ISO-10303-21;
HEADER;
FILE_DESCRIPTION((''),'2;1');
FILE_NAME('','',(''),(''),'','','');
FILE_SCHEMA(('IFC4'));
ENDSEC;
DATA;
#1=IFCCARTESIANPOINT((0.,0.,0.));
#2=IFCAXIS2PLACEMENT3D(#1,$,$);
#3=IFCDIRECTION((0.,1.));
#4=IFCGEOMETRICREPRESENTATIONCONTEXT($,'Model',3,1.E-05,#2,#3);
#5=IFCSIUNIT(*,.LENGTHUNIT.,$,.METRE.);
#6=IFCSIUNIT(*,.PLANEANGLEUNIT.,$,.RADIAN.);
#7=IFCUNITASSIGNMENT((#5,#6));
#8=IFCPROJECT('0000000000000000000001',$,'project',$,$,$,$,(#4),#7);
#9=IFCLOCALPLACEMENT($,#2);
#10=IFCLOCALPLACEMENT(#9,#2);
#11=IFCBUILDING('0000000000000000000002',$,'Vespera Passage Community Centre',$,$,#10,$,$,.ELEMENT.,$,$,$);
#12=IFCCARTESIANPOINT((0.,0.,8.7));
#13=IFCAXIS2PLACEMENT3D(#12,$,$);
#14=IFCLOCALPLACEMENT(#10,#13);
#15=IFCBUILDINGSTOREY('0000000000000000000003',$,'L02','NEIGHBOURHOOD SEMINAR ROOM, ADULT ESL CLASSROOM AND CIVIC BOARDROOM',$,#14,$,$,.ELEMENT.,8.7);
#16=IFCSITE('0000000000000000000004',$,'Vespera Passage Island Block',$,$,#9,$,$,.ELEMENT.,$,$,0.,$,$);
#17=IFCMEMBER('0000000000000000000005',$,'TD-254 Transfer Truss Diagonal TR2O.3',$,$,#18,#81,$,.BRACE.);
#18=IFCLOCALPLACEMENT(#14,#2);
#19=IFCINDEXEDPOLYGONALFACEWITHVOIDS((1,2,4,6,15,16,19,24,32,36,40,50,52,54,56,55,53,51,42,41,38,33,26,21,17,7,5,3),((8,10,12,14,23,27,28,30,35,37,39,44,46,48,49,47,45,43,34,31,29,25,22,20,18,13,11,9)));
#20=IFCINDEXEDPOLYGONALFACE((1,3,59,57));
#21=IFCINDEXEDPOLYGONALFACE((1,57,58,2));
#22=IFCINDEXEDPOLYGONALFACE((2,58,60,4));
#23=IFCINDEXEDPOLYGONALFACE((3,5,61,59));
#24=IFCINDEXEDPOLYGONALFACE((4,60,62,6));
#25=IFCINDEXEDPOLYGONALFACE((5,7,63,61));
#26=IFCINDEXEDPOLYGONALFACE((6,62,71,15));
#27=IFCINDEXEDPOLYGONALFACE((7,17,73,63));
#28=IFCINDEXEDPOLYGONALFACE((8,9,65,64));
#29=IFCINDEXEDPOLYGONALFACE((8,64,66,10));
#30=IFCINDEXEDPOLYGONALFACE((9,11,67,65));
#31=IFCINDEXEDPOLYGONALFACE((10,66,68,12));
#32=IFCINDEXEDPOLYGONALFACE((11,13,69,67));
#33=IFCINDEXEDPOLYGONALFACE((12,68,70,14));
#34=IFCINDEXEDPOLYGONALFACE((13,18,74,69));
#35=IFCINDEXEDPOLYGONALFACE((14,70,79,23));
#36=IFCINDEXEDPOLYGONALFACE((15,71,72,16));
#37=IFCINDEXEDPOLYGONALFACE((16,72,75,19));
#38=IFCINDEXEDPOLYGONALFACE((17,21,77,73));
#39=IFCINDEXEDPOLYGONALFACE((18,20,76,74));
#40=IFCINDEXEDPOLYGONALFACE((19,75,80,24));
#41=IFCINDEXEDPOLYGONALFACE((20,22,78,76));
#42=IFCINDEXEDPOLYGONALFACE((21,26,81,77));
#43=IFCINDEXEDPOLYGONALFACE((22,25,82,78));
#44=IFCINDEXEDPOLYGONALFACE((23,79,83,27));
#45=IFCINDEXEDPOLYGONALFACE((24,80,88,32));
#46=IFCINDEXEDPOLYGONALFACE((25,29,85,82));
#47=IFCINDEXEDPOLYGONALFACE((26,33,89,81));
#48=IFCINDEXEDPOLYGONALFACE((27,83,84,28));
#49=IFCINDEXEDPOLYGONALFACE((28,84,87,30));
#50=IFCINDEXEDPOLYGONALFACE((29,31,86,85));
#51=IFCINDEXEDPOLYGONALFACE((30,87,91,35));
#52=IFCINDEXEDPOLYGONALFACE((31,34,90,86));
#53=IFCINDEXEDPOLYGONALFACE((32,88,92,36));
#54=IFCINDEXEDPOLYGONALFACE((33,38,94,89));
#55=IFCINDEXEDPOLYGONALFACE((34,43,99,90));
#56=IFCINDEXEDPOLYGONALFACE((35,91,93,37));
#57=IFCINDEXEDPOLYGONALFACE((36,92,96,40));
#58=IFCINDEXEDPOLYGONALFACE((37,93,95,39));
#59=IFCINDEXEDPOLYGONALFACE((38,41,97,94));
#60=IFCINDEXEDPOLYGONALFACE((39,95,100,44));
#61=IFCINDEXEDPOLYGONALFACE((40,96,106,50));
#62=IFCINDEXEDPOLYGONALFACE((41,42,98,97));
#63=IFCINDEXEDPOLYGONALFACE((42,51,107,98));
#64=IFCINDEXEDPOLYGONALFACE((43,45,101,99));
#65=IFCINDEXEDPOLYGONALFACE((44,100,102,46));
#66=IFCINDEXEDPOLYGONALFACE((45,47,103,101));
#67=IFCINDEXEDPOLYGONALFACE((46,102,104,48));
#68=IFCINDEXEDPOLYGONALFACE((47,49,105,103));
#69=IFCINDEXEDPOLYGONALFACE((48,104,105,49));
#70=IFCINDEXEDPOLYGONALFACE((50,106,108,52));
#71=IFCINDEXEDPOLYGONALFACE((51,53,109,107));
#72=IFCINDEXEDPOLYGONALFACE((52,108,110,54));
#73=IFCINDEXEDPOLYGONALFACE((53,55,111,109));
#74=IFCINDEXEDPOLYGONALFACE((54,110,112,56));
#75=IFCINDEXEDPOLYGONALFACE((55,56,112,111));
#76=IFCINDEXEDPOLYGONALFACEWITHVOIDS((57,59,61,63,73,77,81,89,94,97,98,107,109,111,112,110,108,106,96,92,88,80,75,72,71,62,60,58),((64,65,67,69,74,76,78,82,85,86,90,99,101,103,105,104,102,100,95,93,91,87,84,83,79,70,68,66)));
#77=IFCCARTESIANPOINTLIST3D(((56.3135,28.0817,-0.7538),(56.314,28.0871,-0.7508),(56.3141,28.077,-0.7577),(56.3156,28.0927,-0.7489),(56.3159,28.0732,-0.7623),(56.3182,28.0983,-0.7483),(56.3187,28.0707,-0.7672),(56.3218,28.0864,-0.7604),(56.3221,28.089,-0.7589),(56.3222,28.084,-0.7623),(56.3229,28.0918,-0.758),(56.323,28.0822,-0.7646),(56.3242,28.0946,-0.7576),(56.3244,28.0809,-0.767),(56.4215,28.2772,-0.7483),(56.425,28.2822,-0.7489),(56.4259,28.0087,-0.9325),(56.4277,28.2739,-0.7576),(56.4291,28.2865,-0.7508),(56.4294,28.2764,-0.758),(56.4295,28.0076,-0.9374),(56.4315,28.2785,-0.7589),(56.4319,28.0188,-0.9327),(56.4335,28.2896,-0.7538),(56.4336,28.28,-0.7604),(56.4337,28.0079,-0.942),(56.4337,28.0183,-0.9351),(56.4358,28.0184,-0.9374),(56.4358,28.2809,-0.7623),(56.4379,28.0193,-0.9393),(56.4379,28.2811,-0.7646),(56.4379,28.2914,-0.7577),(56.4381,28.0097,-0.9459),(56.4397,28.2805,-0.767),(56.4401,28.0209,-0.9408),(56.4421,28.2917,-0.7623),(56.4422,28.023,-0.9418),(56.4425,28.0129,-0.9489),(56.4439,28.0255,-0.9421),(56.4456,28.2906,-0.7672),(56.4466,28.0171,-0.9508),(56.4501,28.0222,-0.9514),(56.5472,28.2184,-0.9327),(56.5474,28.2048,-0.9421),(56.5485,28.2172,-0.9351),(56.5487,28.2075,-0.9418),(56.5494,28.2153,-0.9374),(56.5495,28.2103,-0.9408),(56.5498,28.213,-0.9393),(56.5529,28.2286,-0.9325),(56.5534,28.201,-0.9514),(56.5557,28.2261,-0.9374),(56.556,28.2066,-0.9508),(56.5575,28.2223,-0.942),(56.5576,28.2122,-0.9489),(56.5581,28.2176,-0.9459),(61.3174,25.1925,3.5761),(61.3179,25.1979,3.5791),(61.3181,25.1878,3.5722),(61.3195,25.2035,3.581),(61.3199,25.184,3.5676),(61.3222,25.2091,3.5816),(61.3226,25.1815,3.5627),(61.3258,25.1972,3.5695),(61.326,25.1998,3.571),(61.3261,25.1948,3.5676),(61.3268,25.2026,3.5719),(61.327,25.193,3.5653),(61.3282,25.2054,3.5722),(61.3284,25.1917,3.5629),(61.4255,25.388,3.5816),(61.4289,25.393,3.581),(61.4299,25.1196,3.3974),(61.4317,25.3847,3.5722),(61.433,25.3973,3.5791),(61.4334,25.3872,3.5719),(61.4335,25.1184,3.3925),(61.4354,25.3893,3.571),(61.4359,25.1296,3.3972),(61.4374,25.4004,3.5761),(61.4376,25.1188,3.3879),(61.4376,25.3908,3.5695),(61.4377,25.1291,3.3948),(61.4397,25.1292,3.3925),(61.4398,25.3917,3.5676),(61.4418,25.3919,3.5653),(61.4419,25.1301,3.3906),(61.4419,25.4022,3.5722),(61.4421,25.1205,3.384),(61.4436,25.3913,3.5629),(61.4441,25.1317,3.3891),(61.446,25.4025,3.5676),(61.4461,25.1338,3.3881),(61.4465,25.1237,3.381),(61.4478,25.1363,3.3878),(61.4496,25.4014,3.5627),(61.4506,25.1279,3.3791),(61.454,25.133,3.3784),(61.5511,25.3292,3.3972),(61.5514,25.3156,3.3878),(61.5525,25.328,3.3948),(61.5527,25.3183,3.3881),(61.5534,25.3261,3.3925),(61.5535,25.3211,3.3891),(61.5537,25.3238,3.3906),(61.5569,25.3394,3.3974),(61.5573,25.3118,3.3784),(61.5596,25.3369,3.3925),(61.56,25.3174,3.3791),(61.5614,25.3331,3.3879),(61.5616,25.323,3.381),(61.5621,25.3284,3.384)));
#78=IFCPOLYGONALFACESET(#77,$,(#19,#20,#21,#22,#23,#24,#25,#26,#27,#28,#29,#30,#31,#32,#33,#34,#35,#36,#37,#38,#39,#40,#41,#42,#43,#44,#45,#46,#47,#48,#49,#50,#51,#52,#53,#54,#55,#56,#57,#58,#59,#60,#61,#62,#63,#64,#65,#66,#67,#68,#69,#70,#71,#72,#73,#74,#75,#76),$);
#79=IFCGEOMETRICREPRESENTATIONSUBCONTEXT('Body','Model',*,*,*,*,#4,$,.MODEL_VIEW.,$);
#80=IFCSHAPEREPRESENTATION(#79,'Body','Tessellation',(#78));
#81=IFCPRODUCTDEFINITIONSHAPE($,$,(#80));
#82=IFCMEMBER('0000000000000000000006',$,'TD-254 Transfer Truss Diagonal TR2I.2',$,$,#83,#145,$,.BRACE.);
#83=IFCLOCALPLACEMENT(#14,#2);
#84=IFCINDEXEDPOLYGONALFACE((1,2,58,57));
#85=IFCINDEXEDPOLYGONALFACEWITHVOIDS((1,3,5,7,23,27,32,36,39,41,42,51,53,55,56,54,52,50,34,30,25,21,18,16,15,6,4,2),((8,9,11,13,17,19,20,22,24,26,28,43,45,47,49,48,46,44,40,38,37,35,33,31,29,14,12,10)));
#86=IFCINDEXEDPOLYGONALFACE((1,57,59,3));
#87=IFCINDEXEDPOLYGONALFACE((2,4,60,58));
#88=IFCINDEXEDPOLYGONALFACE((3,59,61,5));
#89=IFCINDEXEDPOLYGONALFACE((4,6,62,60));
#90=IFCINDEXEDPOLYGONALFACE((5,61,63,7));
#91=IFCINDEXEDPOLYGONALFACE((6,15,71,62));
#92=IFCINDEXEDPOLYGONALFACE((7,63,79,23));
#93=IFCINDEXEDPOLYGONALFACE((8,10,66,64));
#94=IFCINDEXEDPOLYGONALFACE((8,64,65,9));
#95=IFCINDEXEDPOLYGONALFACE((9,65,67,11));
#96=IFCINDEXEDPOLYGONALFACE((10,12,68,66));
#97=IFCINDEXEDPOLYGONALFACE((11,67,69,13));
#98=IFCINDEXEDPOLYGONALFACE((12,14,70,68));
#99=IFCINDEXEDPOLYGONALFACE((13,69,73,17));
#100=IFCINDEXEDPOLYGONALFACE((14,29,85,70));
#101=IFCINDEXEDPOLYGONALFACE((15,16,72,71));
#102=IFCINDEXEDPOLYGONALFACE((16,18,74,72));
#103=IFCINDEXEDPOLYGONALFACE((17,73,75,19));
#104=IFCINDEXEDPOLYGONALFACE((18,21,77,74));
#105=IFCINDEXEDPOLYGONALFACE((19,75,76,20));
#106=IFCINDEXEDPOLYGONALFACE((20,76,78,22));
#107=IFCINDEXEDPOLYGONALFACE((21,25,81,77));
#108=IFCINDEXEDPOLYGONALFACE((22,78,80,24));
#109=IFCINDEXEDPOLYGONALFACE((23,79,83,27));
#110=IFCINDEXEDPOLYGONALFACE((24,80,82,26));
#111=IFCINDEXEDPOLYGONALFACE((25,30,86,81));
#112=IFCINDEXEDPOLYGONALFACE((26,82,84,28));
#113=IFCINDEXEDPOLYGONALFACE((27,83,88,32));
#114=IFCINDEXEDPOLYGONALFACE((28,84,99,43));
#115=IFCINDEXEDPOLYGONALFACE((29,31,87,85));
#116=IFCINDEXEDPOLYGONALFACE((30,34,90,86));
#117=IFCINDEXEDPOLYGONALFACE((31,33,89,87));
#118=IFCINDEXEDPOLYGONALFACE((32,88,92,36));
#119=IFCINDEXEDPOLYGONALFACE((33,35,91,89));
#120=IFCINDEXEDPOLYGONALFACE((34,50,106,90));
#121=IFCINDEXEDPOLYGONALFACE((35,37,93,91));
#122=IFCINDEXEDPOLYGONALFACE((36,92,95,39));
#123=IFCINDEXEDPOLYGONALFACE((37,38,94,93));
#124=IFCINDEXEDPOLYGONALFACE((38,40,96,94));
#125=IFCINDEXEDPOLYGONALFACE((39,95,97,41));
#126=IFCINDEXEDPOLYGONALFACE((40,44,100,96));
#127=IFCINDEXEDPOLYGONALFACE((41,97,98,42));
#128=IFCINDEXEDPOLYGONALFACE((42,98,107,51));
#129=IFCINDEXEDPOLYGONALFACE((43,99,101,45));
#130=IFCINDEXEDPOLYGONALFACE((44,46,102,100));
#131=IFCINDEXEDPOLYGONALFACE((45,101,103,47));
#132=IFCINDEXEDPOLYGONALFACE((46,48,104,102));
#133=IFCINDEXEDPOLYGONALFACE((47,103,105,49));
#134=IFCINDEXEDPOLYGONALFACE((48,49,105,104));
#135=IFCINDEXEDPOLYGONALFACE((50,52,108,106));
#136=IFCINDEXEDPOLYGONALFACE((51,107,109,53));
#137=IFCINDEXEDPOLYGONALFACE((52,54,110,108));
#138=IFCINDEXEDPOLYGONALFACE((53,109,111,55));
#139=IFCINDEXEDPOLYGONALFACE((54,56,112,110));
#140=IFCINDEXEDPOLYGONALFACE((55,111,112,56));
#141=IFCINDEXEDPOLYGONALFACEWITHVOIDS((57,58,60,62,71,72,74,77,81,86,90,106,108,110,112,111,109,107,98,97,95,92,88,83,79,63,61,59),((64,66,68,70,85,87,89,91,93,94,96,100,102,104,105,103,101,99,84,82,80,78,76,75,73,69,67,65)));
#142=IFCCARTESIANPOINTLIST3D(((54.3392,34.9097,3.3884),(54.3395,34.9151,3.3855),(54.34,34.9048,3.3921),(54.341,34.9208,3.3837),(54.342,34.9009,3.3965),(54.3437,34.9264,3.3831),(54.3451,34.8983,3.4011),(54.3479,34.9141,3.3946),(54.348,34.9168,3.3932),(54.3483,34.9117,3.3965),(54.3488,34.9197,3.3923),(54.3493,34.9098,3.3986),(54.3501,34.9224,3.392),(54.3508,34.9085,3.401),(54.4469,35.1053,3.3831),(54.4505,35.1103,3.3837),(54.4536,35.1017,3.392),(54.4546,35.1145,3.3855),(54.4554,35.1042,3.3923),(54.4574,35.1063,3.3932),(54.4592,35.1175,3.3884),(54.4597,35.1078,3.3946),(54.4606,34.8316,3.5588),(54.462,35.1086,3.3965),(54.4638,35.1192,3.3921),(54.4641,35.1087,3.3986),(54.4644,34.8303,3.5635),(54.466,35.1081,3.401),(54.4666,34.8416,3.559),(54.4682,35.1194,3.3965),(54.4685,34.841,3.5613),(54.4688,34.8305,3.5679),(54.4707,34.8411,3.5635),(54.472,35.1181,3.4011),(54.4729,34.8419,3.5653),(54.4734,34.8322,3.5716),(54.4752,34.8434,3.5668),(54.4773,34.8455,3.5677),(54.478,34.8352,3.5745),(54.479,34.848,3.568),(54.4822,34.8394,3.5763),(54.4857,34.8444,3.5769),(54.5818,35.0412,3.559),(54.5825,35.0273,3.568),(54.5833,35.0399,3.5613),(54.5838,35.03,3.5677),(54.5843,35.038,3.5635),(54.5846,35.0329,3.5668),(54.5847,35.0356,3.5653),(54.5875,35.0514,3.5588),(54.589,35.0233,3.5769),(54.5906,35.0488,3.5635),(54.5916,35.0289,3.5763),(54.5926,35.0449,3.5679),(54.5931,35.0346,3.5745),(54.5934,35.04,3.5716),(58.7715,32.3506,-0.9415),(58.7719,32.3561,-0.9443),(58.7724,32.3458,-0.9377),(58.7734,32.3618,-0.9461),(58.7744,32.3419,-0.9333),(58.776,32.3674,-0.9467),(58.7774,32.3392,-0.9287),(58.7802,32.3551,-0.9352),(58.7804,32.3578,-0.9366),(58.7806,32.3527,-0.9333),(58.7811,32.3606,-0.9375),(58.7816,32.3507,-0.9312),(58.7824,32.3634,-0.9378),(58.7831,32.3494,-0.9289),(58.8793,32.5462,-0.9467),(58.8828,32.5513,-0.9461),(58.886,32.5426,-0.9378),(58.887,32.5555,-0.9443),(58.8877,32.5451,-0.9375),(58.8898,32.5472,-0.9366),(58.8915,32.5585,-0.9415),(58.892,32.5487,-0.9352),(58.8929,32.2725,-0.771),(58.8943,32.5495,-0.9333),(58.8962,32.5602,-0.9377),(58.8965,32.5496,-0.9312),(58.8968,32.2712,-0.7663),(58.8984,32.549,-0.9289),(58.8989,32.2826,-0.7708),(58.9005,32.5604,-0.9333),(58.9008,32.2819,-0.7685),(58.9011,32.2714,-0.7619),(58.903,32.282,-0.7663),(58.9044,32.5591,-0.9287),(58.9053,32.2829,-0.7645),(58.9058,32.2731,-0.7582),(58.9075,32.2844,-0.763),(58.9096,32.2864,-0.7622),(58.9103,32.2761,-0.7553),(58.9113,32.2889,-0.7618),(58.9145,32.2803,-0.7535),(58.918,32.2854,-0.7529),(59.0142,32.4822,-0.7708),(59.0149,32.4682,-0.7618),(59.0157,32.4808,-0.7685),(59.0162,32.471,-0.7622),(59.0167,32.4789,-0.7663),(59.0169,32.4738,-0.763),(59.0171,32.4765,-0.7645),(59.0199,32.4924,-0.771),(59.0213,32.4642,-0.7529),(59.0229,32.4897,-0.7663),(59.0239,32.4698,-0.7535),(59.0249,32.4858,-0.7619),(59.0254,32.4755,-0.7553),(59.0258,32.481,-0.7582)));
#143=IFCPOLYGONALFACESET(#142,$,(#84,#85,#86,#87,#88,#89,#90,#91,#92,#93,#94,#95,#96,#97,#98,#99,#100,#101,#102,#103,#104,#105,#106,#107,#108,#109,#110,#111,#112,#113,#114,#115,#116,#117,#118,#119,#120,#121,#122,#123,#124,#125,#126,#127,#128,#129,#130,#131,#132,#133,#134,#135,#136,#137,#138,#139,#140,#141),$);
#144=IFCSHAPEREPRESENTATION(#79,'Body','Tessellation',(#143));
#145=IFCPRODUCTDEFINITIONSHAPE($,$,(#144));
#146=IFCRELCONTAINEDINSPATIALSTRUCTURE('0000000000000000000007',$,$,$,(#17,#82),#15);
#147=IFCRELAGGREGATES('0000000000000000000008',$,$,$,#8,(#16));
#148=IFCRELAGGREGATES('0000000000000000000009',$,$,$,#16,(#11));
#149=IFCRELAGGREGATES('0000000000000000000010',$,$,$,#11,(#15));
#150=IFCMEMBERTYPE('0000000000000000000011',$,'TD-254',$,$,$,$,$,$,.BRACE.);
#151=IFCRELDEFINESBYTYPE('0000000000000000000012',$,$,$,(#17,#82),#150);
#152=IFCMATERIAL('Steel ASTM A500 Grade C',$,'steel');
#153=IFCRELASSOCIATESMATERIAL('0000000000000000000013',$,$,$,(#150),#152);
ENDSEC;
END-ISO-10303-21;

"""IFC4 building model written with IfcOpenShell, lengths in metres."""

from ifc_helpers import new_model, si_unit, direction, frame, origin, origin_2d, place, context, subcontext, project, spatial, hollow_rectangle, extrude, material, material_profile, profile_set, type_object, element, save


model = new_model("IFC4")

# Units and contexts
model_context = context("Model", 3, precision=1e-05, world=origin(), true_north=direction((0.0, 1.0)))
body_context = subcontext(model_context, "Body", "Model", "MODEL_VIEW")
ifc_project = project(units=[si_unit("LENGTHUNIT", "METRE"), si_unit("PLANEANGLEUNIT", "RADIAN")], contexts=[model_context])

# Site, building, storey
site_placement = place(None, origin())
site = spatial("IfcSite", under=ifc_project, at=site_placement, Name="Vespera Passage Island Block", CompositionType="ELEMENT", RefElevation=0.0)
building_placement = place(site_placement, origin())
building = spatial("IfcBuilding", under=site, at=building_placement, Name="Vespera Passage Community Centre", CompositionType="ELEMENT")
storey_placement = place(building_placement, frame((0.0, 0.0, 8.7)))
storey = spatial("IfcBuildingStorey", under=building, at=storey_placement, Name="L02", Description="NEIGHBOURHOOD SEMINAR ROOM, ADULT ESL CLASSROOM AND CIVIC BOARDROOM", CompositionType="ELEMENT", Elevation=8.7)

# Members
ifc_material_1 = material(Name="Steel ASTM A500 Grade C", Category="steel")
ifc_material_profile_1 = material_profile(ifc_material_1, hollow_rectangle(XDim=0.2539, YDim=0.2539, WallThickness=0.0117, InnerFilletRadius=0.0117, OuterFilletRadius=0.0237, at=origin_2d()), Name="HSS254X254X12.7")
ifc_profile_set_1 = profile_set([ifc_material_profile_1], Name="Steel ASTM A500 Grade C")
member_type_1 = type_object("IfcMemberType", Name="TD-254", PredefinedType="BRACE", material=ifc_profile_set_1)
member_1_placement = place(storey_placement, frame((56.4358, 28.1497, -0.8499), z_axis=(0.693026, -0.40014, 0.599669), x_axis=(0.50002, 0.866014, 0.0)))
element("IfcMember", 1, at=member_1_placement, inside=storey, type_object=member_type_1, Name="TD-254 Transfer Truss Diagonal TR2O.3", PredefinedType="BRACE", context=body_context, shape_type="SweptSolid", body=[
    extrude(hollow_rectangle(XDim=0.2539, YDim=0.2539, WallThickness=0.0117, InnerFilletRadius=0.0117, OuterFilletRadius=0.0237, at=origin_2d()), origin(), (0.0, 0.0, 1.0), 7.2205),
])
member_2_placement = place(storey_placement, frame((54.4663, 34.9749, 3.48), z_axis=(0.661163, -0.38173, -0.645868), x_axis=(0.500007, 0.866021, 0.0)))
element("IfcMember", 2, at=member_2_placement, inside=storey, type_object=member_type_1, Name="TD-254 Transfer Truss Diagonal TR2I.2", PredefinedType="BRACE", context=body_context, shape_type="SweptSolid", body=[
    extrude(hollow_rectangle(XDim=0.2539, YDim=0.2539, WallThickness=0.0117, InnerFilletRadius=0.0117, OuterFilletRadius=0.0237, at=origin_2d()), origin(), (0.0, 0.0, 1.0), 6.7039),
])

save(model, "model.ifc")
